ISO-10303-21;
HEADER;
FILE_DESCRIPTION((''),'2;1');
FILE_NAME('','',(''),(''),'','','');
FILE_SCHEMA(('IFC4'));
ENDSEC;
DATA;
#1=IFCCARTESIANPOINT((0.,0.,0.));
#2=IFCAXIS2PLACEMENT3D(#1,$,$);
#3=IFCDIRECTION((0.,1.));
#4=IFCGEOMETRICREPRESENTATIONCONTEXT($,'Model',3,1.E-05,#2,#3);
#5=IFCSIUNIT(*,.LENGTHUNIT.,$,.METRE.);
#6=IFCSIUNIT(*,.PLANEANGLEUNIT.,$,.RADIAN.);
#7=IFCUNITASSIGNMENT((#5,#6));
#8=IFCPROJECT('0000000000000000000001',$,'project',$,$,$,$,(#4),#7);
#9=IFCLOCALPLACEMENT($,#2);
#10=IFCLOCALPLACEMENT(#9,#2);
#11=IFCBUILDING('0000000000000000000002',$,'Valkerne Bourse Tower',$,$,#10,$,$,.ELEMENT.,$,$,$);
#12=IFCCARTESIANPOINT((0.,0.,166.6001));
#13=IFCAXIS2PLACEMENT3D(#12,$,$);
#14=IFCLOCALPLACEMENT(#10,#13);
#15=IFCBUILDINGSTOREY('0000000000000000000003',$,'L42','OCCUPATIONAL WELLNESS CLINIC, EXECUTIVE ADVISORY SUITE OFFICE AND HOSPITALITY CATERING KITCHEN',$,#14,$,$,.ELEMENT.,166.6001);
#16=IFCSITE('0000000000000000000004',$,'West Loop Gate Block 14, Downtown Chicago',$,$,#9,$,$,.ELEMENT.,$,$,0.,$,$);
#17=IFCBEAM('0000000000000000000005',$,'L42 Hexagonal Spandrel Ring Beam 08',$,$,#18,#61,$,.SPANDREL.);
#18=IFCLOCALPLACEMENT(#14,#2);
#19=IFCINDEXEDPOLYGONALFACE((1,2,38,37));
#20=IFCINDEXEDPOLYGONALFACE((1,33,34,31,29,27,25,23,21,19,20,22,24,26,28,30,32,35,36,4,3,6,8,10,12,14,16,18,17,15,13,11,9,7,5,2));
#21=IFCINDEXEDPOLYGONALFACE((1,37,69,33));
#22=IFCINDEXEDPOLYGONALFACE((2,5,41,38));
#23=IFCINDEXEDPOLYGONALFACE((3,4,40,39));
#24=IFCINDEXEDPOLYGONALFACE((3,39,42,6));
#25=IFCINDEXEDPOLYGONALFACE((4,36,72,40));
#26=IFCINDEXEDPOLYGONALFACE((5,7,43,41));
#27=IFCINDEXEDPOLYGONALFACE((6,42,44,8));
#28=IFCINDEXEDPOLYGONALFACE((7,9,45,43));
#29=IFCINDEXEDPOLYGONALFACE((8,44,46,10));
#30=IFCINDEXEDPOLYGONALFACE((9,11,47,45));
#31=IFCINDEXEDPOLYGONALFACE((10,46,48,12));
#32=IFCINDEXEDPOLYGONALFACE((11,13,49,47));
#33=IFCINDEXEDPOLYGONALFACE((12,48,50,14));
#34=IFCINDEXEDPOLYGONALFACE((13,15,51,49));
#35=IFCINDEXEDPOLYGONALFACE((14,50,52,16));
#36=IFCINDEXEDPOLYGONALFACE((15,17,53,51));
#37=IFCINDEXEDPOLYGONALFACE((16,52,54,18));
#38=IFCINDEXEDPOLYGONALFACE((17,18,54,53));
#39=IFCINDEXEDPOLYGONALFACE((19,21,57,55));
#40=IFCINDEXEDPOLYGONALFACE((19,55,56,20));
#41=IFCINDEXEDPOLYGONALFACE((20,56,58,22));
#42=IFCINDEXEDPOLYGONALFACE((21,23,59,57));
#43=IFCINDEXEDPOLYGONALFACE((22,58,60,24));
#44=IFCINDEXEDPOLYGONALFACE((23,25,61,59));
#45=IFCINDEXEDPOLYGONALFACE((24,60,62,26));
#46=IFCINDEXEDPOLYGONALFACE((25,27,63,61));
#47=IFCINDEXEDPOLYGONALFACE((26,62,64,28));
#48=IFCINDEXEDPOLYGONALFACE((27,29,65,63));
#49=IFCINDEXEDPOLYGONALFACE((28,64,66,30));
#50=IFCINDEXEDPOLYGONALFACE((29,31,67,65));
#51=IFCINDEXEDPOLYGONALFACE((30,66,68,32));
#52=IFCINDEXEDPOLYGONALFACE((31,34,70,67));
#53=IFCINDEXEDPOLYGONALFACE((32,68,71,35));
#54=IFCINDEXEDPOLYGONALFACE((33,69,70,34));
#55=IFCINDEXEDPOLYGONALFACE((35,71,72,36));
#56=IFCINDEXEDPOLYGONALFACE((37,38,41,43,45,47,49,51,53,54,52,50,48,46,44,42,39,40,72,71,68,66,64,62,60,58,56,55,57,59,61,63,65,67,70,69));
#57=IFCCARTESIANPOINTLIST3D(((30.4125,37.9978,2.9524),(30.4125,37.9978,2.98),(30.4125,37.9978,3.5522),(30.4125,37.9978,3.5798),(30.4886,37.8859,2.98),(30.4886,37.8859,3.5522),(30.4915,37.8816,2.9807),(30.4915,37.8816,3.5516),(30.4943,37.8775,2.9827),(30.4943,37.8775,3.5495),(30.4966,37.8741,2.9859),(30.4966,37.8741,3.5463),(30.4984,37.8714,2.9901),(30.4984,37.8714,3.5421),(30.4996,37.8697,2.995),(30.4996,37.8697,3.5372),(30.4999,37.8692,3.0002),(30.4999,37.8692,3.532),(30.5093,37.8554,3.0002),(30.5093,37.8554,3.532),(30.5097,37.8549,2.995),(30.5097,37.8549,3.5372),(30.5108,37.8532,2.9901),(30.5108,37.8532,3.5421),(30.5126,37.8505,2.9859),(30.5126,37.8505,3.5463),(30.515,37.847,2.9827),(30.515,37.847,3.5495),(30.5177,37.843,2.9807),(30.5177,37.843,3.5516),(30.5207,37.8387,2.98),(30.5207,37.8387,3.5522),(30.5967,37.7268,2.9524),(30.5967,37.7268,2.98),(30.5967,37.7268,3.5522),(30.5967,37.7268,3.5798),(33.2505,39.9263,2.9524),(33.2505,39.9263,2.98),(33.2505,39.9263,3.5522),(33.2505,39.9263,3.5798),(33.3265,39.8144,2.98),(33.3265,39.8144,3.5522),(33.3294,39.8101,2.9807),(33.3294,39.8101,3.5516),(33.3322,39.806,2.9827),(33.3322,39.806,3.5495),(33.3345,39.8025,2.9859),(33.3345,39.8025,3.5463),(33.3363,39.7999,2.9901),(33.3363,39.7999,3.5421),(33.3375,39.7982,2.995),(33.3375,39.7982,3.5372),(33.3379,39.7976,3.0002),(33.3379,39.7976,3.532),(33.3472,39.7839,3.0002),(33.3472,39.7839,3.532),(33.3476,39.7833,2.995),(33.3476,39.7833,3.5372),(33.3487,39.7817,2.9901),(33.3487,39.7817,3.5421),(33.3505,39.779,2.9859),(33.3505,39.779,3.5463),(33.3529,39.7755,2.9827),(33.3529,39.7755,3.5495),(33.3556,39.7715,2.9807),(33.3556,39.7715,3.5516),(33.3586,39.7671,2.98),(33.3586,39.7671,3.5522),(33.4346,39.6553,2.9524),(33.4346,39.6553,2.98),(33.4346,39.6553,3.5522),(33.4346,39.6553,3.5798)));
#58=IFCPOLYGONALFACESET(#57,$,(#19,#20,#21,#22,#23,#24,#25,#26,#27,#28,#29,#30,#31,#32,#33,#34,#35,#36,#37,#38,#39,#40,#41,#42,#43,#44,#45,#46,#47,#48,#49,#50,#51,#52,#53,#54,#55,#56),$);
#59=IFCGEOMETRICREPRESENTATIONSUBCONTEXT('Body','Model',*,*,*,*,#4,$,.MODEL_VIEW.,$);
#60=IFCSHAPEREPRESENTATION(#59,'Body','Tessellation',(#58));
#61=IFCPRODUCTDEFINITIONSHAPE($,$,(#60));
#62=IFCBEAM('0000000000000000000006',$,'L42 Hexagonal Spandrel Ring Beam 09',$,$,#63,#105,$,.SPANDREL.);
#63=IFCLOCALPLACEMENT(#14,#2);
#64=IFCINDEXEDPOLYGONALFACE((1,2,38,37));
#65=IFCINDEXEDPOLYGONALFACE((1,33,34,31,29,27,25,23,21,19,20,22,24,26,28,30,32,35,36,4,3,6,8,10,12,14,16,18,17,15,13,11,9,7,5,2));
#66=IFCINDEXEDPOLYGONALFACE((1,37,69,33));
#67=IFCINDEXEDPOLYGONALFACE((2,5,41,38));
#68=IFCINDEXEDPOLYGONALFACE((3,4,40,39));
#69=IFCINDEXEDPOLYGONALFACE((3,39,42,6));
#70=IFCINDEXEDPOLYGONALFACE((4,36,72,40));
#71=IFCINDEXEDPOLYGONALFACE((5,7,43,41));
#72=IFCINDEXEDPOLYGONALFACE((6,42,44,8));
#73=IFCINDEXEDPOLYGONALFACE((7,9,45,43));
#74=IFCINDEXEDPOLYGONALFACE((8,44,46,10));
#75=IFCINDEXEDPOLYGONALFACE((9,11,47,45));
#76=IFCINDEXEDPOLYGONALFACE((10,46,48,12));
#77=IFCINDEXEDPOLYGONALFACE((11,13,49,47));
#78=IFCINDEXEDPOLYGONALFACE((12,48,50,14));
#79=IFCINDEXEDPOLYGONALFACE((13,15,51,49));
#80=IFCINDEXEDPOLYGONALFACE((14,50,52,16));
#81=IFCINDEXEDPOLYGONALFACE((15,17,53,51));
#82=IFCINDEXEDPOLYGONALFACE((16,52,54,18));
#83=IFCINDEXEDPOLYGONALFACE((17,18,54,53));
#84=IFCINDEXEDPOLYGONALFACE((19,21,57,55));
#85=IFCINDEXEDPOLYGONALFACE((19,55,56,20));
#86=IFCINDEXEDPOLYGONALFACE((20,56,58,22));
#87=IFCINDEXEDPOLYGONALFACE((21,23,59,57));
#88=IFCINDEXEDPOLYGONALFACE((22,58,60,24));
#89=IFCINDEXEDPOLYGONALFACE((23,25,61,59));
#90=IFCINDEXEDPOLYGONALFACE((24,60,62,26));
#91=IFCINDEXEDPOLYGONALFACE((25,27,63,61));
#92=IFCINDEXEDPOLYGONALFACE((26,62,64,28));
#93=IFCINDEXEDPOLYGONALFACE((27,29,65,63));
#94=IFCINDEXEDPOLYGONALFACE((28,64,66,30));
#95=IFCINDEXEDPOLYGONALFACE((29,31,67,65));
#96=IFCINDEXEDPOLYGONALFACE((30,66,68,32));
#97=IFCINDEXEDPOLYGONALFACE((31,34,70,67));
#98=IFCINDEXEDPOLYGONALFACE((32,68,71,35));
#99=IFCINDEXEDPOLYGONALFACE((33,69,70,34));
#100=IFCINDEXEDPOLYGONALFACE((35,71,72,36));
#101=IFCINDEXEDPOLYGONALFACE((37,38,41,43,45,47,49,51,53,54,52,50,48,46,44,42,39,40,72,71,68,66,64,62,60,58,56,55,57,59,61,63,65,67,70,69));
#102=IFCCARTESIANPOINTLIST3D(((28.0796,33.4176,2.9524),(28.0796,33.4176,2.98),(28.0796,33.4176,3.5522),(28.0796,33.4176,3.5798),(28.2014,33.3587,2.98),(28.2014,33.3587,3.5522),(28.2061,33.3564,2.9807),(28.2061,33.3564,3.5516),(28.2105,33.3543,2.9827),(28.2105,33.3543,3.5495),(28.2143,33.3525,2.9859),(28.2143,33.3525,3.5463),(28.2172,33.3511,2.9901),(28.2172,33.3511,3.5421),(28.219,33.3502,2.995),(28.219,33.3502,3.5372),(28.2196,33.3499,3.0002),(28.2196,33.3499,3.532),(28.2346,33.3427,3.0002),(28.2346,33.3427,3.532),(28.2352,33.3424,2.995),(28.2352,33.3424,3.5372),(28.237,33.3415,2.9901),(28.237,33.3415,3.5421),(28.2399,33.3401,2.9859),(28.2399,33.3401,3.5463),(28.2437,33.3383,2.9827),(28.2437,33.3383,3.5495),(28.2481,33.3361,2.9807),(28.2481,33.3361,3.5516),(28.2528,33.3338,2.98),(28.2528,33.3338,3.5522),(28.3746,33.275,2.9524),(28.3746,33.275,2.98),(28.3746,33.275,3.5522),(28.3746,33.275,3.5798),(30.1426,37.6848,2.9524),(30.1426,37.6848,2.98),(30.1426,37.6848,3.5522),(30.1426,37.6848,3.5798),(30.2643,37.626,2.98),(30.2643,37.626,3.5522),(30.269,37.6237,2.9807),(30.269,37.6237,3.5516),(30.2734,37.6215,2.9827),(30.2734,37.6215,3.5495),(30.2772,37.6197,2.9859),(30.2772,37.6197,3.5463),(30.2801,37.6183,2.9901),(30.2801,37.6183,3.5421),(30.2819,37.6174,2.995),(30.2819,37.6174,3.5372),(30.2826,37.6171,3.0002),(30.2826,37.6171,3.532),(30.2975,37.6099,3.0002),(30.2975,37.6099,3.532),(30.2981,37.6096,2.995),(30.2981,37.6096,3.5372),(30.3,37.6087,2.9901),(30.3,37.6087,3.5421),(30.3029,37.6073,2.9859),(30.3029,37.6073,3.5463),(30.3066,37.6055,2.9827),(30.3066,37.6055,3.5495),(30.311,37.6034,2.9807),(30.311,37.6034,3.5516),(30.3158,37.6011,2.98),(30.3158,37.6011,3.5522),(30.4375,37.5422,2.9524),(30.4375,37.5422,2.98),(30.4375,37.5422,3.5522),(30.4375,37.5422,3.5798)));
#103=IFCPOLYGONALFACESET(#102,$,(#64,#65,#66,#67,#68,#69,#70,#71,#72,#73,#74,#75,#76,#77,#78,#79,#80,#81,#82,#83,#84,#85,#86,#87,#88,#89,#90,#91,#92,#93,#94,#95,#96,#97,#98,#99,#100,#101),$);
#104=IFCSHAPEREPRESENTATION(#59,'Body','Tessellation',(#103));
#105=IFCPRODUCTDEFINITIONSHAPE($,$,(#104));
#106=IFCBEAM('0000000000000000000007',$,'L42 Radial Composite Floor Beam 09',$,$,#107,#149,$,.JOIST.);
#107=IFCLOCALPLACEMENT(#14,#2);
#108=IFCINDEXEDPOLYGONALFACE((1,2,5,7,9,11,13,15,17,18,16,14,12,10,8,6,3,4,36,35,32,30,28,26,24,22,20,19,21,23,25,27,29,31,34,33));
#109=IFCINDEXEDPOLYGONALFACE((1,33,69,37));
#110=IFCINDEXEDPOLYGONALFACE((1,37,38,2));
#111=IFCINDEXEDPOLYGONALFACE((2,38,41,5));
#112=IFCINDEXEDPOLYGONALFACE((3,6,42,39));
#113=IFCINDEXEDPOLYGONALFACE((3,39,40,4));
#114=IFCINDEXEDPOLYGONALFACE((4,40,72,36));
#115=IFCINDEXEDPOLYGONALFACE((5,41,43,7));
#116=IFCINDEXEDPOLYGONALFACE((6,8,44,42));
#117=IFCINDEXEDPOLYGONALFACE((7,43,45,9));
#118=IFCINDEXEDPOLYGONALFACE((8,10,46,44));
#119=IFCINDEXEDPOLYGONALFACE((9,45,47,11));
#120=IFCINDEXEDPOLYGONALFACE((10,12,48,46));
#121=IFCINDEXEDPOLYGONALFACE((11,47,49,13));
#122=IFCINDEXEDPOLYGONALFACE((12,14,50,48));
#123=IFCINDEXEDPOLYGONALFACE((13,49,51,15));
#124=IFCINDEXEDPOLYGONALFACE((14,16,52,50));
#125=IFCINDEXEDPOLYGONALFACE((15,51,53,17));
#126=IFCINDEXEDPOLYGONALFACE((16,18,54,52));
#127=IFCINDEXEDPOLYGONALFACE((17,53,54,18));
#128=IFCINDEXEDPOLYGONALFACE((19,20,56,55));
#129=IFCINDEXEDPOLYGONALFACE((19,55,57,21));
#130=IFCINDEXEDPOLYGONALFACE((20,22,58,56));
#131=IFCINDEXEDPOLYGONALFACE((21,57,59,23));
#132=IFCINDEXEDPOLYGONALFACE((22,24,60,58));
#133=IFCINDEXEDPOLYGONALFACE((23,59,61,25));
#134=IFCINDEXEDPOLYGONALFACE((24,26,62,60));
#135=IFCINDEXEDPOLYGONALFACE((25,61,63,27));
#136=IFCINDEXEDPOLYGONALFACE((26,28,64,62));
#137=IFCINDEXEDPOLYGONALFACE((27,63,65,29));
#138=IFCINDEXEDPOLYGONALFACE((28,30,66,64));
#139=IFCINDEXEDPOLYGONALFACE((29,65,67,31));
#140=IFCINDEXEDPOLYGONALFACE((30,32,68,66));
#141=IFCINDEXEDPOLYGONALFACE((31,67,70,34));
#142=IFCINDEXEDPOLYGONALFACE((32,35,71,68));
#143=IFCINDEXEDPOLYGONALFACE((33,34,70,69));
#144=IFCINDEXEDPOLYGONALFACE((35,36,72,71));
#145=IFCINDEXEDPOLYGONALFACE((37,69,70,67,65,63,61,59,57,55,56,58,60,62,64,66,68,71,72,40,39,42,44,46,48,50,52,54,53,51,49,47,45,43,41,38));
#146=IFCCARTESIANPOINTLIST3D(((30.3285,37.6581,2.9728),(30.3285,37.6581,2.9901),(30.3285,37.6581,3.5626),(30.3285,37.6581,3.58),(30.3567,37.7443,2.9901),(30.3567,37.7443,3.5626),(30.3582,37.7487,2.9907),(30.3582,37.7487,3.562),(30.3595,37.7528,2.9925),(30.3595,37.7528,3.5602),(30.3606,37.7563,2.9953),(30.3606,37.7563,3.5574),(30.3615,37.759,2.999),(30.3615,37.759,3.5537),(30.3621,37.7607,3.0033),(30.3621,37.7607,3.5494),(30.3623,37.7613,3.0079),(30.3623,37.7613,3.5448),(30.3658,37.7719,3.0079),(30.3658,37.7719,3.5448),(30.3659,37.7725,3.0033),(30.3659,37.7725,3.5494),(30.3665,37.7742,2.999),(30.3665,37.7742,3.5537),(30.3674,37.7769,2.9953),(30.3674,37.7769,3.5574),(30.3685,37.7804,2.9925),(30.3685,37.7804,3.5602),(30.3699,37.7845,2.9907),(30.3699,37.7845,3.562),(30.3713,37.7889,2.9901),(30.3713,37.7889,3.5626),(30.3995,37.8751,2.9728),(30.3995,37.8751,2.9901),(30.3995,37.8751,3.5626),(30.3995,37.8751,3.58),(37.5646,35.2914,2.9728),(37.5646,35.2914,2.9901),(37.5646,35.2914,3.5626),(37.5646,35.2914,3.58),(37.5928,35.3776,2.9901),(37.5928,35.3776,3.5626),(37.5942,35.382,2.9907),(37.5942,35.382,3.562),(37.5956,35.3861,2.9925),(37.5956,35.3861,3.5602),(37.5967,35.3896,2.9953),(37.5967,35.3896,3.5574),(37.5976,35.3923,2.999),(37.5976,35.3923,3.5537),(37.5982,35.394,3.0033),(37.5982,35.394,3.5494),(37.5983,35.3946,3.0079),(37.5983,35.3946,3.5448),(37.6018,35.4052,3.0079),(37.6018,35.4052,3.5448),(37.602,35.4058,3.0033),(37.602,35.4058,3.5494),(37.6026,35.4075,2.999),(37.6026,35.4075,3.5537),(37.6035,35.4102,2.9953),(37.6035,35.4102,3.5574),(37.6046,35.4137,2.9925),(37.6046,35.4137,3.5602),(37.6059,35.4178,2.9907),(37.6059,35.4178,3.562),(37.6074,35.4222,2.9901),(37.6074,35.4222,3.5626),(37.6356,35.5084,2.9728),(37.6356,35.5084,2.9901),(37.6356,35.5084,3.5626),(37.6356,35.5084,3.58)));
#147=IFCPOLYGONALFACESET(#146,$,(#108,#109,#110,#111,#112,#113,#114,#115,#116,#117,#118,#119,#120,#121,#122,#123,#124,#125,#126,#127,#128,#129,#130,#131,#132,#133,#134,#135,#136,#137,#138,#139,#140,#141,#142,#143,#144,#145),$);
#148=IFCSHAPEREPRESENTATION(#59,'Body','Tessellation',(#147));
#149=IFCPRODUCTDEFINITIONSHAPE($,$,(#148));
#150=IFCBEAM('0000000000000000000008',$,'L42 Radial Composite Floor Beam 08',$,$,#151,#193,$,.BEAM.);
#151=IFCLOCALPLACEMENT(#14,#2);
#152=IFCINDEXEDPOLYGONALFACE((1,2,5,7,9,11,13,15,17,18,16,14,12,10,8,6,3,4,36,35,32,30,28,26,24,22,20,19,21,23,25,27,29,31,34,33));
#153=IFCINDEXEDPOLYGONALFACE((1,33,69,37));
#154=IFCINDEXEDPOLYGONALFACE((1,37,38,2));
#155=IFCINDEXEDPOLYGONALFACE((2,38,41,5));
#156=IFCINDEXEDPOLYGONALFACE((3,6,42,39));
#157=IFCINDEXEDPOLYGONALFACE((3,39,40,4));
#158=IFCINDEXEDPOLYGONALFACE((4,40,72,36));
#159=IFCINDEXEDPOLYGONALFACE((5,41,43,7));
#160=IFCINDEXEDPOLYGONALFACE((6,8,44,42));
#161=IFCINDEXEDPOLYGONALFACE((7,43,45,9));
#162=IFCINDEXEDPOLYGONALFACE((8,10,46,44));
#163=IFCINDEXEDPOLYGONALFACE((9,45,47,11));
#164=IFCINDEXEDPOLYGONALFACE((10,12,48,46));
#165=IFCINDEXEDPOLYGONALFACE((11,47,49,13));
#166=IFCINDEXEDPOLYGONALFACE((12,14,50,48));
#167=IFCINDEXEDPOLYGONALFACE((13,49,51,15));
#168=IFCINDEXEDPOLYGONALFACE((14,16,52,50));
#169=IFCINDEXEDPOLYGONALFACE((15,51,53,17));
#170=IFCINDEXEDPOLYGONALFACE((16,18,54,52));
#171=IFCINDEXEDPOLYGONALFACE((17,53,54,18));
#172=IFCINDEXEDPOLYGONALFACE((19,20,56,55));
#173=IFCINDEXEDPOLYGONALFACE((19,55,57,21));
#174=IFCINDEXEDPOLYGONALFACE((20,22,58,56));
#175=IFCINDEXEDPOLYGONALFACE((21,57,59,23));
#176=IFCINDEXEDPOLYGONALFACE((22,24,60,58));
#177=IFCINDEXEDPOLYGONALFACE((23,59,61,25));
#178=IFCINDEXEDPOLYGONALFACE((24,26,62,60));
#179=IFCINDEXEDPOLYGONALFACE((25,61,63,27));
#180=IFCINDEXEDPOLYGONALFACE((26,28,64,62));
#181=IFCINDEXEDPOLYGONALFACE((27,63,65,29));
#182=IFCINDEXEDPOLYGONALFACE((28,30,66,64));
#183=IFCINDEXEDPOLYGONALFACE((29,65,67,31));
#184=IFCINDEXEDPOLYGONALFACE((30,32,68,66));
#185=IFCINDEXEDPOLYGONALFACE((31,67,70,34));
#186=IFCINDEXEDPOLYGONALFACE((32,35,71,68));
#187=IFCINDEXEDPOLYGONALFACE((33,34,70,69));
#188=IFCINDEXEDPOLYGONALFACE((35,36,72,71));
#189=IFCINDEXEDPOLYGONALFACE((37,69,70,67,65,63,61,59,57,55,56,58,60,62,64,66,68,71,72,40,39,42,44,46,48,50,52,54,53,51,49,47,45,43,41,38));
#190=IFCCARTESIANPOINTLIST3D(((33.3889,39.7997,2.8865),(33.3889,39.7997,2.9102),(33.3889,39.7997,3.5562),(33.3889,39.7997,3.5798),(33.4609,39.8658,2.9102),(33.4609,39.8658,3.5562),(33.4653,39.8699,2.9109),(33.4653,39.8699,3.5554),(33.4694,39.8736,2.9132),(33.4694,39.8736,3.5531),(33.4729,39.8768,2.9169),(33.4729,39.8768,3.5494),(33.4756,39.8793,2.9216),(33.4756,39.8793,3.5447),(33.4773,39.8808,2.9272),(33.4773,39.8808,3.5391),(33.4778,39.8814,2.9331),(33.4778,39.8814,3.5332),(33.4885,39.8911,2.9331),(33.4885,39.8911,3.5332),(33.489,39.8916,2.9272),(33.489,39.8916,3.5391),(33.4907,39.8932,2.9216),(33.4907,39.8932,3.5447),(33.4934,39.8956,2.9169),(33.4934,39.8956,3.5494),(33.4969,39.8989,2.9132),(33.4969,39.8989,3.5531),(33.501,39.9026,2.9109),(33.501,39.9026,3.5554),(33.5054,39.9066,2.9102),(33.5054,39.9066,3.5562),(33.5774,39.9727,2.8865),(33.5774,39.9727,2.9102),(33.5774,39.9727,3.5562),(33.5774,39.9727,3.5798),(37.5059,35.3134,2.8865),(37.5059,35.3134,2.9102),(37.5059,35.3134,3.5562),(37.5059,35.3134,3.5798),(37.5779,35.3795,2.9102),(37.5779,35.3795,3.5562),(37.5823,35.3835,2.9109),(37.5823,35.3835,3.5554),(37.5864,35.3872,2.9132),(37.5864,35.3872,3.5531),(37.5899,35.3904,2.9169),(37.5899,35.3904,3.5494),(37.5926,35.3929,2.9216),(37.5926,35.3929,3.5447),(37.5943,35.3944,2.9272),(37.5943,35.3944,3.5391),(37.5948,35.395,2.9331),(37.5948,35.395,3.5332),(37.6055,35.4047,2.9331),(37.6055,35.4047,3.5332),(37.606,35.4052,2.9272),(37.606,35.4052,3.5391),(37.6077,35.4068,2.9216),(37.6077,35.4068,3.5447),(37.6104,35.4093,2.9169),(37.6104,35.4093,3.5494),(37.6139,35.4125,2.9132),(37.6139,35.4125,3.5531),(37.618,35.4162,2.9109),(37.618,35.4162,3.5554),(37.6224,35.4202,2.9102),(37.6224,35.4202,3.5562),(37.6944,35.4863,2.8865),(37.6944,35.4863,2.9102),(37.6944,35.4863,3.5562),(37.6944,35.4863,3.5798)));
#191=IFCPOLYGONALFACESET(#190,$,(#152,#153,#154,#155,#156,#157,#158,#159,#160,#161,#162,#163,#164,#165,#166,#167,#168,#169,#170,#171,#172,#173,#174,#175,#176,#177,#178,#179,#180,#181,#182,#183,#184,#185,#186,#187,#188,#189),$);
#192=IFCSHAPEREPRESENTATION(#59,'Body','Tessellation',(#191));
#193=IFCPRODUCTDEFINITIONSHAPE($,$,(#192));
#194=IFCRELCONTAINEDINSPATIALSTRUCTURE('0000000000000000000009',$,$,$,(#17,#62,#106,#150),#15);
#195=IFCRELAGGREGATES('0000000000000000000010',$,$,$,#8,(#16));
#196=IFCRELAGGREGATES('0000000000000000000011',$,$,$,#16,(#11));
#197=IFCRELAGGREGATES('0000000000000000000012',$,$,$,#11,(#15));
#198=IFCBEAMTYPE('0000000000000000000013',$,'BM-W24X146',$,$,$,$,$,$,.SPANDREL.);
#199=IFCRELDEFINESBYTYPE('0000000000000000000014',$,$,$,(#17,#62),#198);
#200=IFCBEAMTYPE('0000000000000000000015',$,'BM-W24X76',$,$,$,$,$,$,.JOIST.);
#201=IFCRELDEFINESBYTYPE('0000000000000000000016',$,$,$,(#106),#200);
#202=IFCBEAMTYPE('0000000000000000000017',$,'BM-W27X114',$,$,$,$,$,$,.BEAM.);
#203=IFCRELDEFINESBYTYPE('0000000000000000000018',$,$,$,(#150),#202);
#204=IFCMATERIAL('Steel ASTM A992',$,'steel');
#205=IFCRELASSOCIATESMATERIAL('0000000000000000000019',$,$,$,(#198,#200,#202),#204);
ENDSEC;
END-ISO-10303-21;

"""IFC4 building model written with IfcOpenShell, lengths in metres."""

from ifc_helpers import new_model, si_unit, direction, frame, origin, origin_2d, place, context, subcontext, project, spatial, i_section, extrude, material, material_profile, profile_set, type_object, element, save


model = new_model("IFC4")

# Units and contexts
model_context = context("Model", 3, precision=1e-05, world=origin(), true_north=direction((0.0, 1.0)))
body_context = subcontext(model_context, "Body", "Model", "MODEL_VIEW")
ifc_project = project(units=[si_unit("LENGTHUNIT", "METRE"), si_unit("PLANEANGLEUNIT", "RADIAN")], contexts=[model_context])

# Site, building, storey
site_placement = place(None, origin())
site = spatial("IfcSite", under=ifc_project, at=site_placement, Name="West Loop Gate Block 14, Downtown Chicago", CompositionType="ELEMENT", RefElevation=0.0)
building_placement = place(site_placement, origin())
building = spatial("IfcBuilding", under=site, at=building_placement, Name="Valkerne Bourse Tower", CompositionType="ELEMENT")
storey_placement = place(building_placement, frame((0.0, 0.0, 166.6001)))
storey = spatial("IfcBuildingStorey", under=building, at=storey_placement, Name="L42", Description="OCCUPATIONAL WELLNESS CLINIC, EXECUTIVE ADVISORY SUITE OFFICE AND HOSPITALITY CATERING KITCHEN", CompositionType="ELEMENT", Elevation=166.6001)

# Beams
ifc_material_1 = material(Name="Steel ASTM A992", Category="steel")
ifc_material_profile_1 = material_profile(ifc_material_1, i_section(OverallWidth=0.3276, OverallDepth=0.6274, WebThickness=0.0166, FlangeThickness=0.0276, FilletRadius=0.0203, at=origin_2d()), Name="W24X146")
ifc_profile_set_1 = profile_set([ifc_material_profile_1], Name="Steel ASTM A992")
beam_type_1 = type_object("IfcBeamType", Name="BM-W24X146", PredefinedType="SPANDREL", material=ifc_profile_set_1)
beam_1_placement = place(storey_placement, frame((33.3425, 39.7908, 3.2661), z_axis=(-0.827102, -0.562051, 0.0), x_axis=(0.562051, -0.827102, 0.0)))
element("IfcBeam", 1, at=beam_1_placement, inside=storey, type_object=beam_type_1, Name="L42 Hexagonal Spandrel Ring Beam 08", PredefinedType="SPANDREL", context=body_context, shape_type="SweptSolid", body=[
    extrude(i_section(OverallWidth=0.3276, OverallDepth=0.6274, WebThickness=0.0166, FlangeThickness=0.0276, FilletRadius=0.0203, at=origin_2d()), origin(), (0.0, 0.0, 1.0), 3.4312),
])
beam_2_placement = place(storey_placement, frame((30.29, 37.6135, 3.2661), z_axis=(-0.435245, -0.900312, 0.0), x_axis=(0.900312, -0.435245, 0.0)))
element("IfcBeam", 2, at=beam_2_placement, inside=storey, type_object=beam_type_1, Name="L42 Hexagonal Spandrel Ring Beam 09", PredefinedType="SPANDREL", context=body_context, shape_type="SweptSolid", body=[
    extrude(i_section(OverallWidth=0.3276, OverallDepth=0.6274, WebThickness=0.0166, FlangeThickness=0.0276, FilletRadius=0.0203, at=origin_2d()), origin(), (0.0, 0.0, 1.0), 4.7397),
])
ifc_material_profile_2 = material_profile(ifc_material_1, i_section(OverallWidth=0.2283, OverallDepth=0.6072, WebThickness=0.0112, FlangeThickness=0.0173, FilletRadius=0.0178, at=origin_2d()), Name="W24X76")
ifc_profile_set_2 = profile_set([ifc_material_profile_2], Name="Steel ASTM A992")
beam_type_2 = type_object("IfcBeamType", Name="BM-W24X76", PredefinedType="JOIST", material=ifc_profile_set_2)
beam_3_placement = place(storey_placement, frame((30.364, 37.7666, 3.2764), z_axis=(0.950454, -0.310864, 0.0), x_axis=(0.310864, 0.950454, 0.0)))
element("IfcBeam", 3, at=beam_3_placement, inside=storey, type_object=beam_type_2, Name="L42 Radial Composite Floor Beam 09", PredefinedType="JOIST", context=body_context, shape_type="SweptSolid", body=[
    extrude(i_section(OverallWidth=0.2283, OverallDepth=0.6072, WebThickness=0.0112, FlangeThickness=0.0173, FilletRadius=0.0178, at=origin_2d()), origin(), (0.0, 0.0, 1.0), 7.6133),
])
ifc_material_profile_3 = material_profile(ifc_material_1, i_section(OverallWidth=0.2559, OverallDepth=0.6934, WebThickness=0.0144, FlangeThickness=0.0237, FilletRadius=0.0229, at=origin_2d()), Name="W27X114")
ifc_profile_set_3 = profile_set([ifc_material_profile_3], Name="Steel ASTM A992")
beam_type_3 = type_object("IfcBeamType", Name="BM-W27X114", PredefinedType="BEAM", material=ifc_profile_set_3)
beam_4_placement = place(storey_placement, frame((33.4832, 39.8862, 3.2332), z_axis=(0.676124, -0.736788, 0.0), x_axis=(0.736788, 0.676124, 0.0)))
element("IfcBeam", 4, at=beam_4_placement, inside=storey, type_object=beam_type_3, Name="L42 Radial Composite Floor Beam 08", PredefinedType="BEAM", context=body_context, shape_type="SweptSolid", body=[
    extrude(i_section(OverallWidth=0.2559, OverallDepth=0.6934, WebThickness=0.0144, FlangeThickness=0.0237, FilletRadius=0.0229, at=origin_2d()), origin(), (0.0, 0.0, 1.0), 6.0891),
])

save(model, "model.ifc")
